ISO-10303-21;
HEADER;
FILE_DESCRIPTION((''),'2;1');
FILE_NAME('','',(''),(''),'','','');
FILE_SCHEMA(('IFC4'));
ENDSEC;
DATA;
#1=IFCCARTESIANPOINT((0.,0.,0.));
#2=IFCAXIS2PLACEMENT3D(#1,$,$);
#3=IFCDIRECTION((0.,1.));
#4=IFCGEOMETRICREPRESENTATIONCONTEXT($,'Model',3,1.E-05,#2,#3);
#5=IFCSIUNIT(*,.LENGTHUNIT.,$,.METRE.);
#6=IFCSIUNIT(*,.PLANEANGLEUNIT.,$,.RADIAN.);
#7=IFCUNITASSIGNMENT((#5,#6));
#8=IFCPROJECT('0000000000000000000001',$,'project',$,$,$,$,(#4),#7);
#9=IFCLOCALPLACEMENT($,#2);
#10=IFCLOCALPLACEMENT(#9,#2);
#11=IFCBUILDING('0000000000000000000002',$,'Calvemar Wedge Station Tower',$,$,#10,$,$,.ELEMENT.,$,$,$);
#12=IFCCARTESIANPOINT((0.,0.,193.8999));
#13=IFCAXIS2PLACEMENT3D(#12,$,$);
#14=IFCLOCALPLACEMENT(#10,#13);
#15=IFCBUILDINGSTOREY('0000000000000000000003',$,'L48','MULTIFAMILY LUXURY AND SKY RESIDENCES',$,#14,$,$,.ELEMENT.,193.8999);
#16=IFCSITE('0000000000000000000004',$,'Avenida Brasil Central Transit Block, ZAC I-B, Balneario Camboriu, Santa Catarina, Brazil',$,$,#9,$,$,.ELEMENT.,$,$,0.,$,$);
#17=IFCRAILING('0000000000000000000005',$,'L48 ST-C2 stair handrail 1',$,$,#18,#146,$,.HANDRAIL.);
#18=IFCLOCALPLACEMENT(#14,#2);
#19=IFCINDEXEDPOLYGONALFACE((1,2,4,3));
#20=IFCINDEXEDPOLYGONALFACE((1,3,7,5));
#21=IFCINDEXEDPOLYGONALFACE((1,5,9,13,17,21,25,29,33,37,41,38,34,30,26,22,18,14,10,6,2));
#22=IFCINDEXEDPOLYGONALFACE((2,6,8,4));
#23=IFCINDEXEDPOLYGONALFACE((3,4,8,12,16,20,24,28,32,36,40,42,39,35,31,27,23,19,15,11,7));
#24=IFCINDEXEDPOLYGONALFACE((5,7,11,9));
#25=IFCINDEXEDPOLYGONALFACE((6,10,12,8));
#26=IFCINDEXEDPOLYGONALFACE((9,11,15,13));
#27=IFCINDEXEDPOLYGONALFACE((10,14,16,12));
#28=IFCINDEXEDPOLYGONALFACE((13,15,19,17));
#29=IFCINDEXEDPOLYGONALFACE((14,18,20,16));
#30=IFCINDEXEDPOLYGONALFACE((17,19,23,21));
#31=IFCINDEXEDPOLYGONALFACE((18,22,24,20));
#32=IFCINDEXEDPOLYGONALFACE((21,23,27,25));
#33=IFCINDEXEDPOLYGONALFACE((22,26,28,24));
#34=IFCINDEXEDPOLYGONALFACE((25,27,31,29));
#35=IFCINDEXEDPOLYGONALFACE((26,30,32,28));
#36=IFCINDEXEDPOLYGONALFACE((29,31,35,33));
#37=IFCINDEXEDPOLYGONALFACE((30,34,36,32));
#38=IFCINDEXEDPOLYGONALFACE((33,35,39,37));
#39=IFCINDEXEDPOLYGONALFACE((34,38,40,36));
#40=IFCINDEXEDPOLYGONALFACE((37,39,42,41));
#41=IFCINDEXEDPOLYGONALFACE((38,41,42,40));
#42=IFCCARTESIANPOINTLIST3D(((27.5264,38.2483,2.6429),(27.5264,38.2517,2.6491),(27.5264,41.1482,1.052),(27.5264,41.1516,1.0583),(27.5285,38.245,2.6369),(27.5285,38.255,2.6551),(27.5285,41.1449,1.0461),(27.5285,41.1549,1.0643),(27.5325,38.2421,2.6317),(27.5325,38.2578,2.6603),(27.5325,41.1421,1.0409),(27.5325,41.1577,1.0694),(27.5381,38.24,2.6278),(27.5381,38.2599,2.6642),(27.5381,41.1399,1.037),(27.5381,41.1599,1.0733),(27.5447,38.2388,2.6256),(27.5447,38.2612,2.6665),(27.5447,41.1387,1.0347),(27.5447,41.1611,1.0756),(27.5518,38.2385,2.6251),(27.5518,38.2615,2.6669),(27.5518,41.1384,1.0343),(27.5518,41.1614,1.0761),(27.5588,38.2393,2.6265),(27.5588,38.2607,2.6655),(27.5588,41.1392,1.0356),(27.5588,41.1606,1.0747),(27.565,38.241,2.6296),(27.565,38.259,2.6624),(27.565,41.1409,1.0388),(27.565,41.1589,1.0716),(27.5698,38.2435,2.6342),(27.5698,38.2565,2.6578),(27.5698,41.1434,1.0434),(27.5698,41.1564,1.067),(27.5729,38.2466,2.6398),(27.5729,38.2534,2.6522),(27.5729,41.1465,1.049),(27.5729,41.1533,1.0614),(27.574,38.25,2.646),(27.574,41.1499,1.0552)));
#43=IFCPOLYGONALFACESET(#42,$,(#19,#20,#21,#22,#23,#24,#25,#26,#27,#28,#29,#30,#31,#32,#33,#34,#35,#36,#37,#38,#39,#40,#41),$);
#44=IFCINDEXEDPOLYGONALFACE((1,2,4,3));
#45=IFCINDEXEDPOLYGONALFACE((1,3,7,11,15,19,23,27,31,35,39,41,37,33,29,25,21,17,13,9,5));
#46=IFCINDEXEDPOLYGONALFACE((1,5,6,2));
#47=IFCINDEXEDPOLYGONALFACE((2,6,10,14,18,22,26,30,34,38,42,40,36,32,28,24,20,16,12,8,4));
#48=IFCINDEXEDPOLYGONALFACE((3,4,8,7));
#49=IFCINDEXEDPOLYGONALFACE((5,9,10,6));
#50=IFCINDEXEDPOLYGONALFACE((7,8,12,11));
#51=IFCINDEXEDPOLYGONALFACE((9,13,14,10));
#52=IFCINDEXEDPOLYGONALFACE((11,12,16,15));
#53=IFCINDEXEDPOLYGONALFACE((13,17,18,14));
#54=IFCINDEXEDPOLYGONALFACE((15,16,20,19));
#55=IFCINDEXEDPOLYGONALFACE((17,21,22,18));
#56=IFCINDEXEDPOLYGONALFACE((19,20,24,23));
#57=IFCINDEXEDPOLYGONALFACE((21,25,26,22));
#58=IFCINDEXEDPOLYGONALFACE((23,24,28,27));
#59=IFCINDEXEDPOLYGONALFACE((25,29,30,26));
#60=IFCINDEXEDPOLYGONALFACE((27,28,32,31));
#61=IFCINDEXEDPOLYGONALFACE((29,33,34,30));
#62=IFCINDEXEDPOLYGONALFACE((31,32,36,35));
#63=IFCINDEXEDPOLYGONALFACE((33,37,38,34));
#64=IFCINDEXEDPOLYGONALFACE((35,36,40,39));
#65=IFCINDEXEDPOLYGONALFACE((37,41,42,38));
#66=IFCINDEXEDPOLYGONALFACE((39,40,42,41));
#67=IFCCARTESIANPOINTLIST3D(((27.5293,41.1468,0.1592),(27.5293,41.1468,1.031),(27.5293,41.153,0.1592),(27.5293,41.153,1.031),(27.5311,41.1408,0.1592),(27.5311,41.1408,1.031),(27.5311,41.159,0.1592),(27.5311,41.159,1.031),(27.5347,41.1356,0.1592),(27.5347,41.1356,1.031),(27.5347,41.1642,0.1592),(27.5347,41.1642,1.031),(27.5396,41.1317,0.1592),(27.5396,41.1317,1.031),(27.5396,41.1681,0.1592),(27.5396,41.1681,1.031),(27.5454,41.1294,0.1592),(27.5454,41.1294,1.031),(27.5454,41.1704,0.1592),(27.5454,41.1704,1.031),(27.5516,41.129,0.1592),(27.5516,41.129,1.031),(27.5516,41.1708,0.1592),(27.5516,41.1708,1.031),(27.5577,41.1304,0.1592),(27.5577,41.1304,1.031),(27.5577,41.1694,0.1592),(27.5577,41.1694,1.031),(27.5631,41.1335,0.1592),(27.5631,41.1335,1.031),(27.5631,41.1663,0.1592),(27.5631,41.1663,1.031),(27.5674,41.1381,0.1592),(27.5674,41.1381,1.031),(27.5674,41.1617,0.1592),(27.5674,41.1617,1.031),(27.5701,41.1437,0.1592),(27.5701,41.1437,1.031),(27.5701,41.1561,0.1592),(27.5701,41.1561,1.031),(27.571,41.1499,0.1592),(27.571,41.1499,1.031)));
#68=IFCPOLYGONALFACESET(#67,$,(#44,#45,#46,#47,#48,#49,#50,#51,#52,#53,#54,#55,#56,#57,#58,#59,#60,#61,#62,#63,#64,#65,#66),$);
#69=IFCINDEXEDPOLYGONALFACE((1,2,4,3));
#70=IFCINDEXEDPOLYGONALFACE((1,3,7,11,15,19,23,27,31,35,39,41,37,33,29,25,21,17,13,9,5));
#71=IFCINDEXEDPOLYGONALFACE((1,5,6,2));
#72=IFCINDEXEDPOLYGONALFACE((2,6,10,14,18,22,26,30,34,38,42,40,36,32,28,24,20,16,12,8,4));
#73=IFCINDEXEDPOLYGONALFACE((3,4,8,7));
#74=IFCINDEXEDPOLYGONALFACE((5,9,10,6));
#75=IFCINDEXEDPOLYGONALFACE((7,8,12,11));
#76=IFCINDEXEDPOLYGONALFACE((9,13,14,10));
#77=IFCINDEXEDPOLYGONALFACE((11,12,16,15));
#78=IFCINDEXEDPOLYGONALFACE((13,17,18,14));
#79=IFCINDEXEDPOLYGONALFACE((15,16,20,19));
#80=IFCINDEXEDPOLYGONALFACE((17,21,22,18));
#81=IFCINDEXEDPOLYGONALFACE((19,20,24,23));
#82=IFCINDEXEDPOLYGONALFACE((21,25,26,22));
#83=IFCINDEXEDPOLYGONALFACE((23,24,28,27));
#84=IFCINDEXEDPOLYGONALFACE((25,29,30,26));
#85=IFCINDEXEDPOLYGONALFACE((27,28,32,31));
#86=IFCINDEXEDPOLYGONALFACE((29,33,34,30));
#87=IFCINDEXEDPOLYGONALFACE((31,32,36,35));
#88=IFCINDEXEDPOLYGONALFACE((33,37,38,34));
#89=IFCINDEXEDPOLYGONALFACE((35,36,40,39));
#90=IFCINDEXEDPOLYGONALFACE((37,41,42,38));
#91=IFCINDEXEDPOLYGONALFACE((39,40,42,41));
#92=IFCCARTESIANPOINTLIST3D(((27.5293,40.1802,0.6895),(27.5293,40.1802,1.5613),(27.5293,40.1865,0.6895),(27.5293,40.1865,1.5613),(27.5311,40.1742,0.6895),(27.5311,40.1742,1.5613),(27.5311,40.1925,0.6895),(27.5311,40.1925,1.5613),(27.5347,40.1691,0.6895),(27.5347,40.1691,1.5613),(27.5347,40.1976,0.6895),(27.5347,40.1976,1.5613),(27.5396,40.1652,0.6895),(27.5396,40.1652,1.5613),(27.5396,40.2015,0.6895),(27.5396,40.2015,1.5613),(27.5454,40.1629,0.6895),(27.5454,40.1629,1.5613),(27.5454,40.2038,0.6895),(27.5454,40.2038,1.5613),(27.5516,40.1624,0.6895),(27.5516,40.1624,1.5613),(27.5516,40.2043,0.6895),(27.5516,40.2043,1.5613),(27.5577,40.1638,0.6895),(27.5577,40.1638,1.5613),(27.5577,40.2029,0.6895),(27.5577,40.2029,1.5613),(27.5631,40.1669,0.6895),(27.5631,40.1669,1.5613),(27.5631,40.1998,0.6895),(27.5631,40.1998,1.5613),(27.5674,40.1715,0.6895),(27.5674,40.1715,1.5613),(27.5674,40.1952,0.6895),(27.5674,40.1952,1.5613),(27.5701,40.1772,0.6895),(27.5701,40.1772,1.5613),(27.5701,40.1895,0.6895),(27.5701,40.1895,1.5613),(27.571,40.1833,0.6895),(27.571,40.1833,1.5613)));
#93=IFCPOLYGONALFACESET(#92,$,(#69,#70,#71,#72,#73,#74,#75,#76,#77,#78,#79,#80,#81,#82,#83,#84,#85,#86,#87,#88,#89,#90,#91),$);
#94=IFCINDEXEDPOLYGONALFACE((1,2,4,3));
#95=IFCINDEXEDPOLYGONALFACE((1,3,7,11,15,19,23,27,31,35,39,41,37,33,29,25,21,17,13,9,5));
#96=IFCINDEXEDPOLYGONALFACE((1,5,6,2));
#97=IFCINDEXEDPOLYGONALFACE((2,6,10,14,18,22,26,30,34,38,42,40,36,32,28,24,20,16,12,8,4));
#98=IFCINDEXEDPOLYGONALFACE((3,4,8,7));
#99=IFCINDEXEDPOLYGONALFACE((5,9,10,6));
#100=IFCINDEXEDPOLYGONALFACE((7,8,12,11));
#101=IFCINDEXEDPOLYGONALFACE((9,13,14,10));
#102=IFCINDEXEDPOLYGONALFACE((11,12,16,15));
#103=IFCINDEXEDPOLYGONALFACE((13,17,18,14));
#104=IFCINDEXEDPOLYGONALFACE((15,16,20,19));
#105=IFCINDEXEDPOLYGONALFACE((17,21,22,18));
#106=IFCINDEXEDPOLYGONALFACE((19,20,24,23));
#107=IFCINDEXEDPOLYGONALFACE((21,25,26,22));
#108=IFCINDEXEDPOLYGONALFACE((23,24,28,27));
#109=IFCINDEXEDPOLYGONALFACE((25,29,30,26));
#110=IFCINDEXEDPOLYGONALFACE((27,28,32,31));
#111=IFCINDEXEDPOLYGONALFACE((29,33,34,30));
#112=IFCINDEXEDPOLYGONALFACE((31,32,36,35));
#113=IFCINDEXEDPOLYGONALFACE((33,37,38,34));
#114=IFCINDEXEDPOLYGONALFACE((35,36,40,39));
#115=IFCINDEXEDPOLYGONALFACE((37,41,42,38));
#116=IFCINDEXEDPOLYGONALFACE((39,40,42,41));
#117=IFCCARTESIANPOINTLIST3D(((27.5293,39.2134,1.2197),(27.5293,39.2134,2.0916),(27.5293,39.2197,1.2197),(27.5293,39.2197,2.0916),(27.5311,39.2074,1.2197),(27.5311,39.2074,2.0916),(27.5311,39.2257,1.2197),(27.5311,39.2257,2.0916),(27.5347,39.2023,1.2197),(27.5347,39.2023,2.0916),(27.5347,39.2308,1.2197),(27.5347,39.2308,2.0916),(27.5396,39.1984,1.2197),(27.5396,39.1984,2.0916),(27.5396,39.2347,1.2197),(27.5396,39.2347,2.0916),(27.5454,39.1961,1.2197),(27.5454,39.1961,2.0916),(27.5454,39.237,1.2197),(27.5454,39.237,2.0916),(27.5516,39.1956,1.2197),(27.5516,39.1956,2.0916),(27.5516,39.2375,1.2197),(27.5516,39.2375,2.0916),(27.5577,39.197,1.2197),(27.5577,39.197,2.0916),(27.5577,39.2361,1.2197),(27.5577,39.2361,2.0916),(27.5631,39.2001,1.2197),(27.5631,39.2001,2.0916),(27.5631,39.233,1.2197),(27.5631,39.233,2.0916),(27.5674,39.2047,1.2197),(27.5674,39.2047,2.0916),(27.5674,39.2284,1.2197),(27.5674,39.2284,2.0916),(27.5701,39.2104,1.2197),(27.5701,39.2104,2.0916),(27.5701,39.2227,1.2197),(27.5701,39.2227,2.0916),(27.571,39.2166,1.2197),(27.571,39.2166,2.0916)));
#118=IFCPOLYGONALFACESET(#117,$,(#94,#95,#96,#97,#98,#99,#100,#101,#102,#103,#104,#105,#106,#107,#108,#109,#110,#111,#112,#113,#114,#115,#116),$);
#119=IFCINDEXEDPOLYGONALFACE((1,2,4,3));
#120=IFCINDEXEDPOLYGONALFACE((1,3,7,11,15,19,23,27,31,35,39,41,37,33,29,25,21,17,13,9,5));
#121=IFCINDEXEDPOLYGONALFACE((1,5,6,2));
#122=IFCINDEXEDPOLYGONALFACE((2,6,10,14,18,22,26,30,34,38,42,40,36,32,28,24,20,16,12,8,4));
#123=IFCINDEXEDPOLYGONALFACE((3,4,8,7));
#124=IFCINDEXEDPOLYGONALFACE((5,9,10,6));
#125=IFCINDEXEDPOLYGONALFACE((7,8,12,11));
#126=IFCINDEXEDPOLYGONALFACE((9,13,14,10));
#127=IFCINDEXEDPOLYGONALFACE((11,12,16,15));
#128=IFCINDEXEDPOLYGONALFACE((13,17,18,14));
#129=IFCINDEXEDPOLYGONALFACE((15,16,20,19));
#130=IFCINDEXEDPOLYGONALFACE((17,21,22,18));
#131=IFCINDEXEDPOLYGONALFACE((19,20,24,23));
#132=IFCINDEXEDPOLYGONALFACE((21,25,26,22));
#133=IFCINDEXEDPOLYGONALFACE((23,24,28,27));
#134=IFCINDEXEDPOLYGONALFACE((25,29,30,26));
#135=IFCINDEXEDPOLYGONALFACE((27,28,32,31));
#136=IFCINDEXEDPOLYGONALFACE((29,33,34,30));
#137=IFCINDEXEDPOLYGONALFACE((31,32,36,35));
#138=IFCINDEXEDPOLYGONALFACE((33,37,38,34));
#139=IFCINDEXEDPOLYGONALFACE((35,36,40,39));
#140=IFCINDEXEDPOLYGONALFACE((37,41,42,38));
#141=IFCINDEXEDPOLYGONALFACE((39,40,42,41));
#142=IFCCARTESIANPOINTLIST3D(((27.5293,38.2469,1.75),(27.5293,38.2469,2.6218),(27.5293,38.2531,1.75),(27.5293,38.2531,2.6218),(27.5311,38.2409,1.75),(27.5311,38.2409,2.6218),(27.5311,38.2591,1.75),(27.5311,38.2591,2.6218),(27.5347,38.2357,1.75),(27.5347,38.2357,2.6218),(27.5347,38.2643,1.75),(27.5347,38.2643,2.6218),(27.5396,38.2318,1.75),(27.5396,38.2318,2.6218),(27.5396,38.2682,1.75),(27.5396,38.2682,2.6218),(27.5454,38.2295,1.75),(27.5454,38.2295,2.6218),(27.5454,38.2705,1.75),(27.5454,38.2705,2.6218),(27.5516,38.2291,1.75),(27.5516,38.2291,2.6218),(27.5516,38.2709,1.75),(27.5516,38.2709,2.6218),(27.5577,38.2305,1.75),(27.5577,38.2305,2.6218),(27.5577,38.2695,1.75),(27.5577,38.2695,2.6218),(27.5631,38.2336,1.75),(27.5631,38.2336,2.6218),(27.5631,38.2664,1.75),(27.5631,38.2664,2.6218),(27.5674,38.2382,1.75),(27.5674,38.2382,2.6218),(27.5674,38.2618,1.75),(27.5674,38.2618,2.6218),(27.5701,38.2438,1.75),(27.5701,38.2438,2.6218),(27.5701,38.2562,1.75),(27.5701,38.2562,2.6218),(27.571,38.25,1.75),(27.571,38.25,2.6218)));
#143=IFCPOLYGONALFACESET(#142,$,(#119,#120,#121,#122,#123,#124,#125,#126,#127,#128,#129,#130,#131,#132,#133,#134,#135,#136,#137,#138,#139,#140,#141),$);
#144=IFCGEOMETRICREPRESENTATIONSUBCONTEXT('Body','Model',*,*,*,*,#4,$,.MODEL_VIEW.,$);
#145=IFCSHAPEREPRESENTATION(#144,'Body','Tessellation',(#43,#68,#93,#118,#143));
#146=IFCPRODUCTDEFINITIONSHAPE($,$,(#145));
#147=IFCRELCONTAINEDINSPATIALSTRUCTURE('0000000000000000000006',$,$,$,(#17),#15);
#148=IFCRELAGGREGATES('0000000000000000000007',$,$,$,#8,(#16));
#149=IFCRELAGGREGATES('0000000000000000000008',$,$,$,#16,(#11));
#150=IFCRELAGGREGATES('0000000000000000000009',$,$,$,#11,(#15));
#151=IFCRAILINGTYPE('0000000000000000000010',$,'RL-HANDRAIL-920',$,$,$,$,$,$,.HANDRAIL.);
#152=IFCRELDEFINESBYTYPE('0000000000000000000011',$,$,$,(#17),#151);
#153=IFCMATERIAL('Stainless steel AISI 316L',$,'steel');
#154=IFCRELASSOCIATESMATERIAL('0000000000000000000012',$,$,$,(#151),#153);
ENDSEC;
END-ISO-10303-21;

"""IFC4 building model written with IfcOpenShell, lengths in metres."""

from ifc_helpers import new_model, si_unit, direction, frame, origin, origin_2d, place, context, subcontext, project, spatial, circle, extrude, material, type_object, element, save


model = new_model("IFC4")

# Units and contexts
model_context = context("Model", 3, precision=1e-05, world=origin(), true_north=direction((0.0, 1.0)))
body_context = subcontext(model_context, "Body", "Model", "MODEL_VIEW")
ifc_project = project(units=[si_unit("LENGTHUNIT", "METRE"), si_unit("PLANEANGLEUNIT", "RADIAN")], contexts=[model_context])

# Site, building, storey
site_placement = place(None, origin())
site = spatial("IfcSite", under=ifc_project, at=site_placement, Name="Avenida Brasil Central Transit Block, ZAC I-B, Balneario Camboriu, Santa Catarina, Brazil", CompositionType="ELEMENT", RefElevation=0.0)
building_placement = place(site_placement, origin())
building = spatial("IfcBuilding", under=site, at=building_placement, Name="Calvemar Wedge Station Tower", CompositionType="ELEMENT")
storey_placement = place(building_placement, frame((0.0, 0.0, 193.8999)))
storey = spatial("IfcBuildingStorey", under=building, at=storey_placement, Name="L48", Description="MULTIFAMILY LUXURY AND SKY RESIDENCES", CompositionType="ELEMENT", Elevation=193.8999)

# Railing
ifc_material_1 = material(Name="Stainless steel AISI 316L", Category="steel")
railing_type_1 = type_object("IfcRailingType", Name="RL-HANDRAIL-920", PredefinedType="HANDRAIL", material=ifc_material_1)
railing_1_placement = place(storey_placement, frame((27.55, 41.1499, 0.1592)))
element("IfcRailing", 1, at=railing_1_placement, inside=storey, type_object=railing_type_1, Name="L48 ST-C2 stair handrail 1", PredefinedType="HANDRAIL", context=body_context, shape_type="SweptSolid", body=[
    extrude(circle(Radius=0.0239, at=origin_2d()), frame((0.0, 0.0, 0.896), z_axis=(0.0, -0.876742, 0.480961), x_axis=(1.0, 0.0, 0.0)), (0.0, 0.0, 1.0), 3.3076),
    extrude(circle(Radius=0.021, at=origin_2d()), origin(), (0.0, 0.0, 1.0), 0.8718),
    extrude(circle(Radius=0.021, at=origin_2d()), frame((0.0, -0.9666, 0.5303)), (0.0, 0.0, 1.0), 0.8718),
    extrude(circle(Radius=0.021, at=origin_2d()), frame((0.0, -1.9333, 1.0605)), (0.0, 0.0, 1.0), 0.8718),
    extrude(circle(Radius=0.021, at=origin_2d()), frame((0.0, -2.8999, 1.5908)), (0.0, 0.0, 1.0), 0.8718),
])

save(model, "model.ifc")
